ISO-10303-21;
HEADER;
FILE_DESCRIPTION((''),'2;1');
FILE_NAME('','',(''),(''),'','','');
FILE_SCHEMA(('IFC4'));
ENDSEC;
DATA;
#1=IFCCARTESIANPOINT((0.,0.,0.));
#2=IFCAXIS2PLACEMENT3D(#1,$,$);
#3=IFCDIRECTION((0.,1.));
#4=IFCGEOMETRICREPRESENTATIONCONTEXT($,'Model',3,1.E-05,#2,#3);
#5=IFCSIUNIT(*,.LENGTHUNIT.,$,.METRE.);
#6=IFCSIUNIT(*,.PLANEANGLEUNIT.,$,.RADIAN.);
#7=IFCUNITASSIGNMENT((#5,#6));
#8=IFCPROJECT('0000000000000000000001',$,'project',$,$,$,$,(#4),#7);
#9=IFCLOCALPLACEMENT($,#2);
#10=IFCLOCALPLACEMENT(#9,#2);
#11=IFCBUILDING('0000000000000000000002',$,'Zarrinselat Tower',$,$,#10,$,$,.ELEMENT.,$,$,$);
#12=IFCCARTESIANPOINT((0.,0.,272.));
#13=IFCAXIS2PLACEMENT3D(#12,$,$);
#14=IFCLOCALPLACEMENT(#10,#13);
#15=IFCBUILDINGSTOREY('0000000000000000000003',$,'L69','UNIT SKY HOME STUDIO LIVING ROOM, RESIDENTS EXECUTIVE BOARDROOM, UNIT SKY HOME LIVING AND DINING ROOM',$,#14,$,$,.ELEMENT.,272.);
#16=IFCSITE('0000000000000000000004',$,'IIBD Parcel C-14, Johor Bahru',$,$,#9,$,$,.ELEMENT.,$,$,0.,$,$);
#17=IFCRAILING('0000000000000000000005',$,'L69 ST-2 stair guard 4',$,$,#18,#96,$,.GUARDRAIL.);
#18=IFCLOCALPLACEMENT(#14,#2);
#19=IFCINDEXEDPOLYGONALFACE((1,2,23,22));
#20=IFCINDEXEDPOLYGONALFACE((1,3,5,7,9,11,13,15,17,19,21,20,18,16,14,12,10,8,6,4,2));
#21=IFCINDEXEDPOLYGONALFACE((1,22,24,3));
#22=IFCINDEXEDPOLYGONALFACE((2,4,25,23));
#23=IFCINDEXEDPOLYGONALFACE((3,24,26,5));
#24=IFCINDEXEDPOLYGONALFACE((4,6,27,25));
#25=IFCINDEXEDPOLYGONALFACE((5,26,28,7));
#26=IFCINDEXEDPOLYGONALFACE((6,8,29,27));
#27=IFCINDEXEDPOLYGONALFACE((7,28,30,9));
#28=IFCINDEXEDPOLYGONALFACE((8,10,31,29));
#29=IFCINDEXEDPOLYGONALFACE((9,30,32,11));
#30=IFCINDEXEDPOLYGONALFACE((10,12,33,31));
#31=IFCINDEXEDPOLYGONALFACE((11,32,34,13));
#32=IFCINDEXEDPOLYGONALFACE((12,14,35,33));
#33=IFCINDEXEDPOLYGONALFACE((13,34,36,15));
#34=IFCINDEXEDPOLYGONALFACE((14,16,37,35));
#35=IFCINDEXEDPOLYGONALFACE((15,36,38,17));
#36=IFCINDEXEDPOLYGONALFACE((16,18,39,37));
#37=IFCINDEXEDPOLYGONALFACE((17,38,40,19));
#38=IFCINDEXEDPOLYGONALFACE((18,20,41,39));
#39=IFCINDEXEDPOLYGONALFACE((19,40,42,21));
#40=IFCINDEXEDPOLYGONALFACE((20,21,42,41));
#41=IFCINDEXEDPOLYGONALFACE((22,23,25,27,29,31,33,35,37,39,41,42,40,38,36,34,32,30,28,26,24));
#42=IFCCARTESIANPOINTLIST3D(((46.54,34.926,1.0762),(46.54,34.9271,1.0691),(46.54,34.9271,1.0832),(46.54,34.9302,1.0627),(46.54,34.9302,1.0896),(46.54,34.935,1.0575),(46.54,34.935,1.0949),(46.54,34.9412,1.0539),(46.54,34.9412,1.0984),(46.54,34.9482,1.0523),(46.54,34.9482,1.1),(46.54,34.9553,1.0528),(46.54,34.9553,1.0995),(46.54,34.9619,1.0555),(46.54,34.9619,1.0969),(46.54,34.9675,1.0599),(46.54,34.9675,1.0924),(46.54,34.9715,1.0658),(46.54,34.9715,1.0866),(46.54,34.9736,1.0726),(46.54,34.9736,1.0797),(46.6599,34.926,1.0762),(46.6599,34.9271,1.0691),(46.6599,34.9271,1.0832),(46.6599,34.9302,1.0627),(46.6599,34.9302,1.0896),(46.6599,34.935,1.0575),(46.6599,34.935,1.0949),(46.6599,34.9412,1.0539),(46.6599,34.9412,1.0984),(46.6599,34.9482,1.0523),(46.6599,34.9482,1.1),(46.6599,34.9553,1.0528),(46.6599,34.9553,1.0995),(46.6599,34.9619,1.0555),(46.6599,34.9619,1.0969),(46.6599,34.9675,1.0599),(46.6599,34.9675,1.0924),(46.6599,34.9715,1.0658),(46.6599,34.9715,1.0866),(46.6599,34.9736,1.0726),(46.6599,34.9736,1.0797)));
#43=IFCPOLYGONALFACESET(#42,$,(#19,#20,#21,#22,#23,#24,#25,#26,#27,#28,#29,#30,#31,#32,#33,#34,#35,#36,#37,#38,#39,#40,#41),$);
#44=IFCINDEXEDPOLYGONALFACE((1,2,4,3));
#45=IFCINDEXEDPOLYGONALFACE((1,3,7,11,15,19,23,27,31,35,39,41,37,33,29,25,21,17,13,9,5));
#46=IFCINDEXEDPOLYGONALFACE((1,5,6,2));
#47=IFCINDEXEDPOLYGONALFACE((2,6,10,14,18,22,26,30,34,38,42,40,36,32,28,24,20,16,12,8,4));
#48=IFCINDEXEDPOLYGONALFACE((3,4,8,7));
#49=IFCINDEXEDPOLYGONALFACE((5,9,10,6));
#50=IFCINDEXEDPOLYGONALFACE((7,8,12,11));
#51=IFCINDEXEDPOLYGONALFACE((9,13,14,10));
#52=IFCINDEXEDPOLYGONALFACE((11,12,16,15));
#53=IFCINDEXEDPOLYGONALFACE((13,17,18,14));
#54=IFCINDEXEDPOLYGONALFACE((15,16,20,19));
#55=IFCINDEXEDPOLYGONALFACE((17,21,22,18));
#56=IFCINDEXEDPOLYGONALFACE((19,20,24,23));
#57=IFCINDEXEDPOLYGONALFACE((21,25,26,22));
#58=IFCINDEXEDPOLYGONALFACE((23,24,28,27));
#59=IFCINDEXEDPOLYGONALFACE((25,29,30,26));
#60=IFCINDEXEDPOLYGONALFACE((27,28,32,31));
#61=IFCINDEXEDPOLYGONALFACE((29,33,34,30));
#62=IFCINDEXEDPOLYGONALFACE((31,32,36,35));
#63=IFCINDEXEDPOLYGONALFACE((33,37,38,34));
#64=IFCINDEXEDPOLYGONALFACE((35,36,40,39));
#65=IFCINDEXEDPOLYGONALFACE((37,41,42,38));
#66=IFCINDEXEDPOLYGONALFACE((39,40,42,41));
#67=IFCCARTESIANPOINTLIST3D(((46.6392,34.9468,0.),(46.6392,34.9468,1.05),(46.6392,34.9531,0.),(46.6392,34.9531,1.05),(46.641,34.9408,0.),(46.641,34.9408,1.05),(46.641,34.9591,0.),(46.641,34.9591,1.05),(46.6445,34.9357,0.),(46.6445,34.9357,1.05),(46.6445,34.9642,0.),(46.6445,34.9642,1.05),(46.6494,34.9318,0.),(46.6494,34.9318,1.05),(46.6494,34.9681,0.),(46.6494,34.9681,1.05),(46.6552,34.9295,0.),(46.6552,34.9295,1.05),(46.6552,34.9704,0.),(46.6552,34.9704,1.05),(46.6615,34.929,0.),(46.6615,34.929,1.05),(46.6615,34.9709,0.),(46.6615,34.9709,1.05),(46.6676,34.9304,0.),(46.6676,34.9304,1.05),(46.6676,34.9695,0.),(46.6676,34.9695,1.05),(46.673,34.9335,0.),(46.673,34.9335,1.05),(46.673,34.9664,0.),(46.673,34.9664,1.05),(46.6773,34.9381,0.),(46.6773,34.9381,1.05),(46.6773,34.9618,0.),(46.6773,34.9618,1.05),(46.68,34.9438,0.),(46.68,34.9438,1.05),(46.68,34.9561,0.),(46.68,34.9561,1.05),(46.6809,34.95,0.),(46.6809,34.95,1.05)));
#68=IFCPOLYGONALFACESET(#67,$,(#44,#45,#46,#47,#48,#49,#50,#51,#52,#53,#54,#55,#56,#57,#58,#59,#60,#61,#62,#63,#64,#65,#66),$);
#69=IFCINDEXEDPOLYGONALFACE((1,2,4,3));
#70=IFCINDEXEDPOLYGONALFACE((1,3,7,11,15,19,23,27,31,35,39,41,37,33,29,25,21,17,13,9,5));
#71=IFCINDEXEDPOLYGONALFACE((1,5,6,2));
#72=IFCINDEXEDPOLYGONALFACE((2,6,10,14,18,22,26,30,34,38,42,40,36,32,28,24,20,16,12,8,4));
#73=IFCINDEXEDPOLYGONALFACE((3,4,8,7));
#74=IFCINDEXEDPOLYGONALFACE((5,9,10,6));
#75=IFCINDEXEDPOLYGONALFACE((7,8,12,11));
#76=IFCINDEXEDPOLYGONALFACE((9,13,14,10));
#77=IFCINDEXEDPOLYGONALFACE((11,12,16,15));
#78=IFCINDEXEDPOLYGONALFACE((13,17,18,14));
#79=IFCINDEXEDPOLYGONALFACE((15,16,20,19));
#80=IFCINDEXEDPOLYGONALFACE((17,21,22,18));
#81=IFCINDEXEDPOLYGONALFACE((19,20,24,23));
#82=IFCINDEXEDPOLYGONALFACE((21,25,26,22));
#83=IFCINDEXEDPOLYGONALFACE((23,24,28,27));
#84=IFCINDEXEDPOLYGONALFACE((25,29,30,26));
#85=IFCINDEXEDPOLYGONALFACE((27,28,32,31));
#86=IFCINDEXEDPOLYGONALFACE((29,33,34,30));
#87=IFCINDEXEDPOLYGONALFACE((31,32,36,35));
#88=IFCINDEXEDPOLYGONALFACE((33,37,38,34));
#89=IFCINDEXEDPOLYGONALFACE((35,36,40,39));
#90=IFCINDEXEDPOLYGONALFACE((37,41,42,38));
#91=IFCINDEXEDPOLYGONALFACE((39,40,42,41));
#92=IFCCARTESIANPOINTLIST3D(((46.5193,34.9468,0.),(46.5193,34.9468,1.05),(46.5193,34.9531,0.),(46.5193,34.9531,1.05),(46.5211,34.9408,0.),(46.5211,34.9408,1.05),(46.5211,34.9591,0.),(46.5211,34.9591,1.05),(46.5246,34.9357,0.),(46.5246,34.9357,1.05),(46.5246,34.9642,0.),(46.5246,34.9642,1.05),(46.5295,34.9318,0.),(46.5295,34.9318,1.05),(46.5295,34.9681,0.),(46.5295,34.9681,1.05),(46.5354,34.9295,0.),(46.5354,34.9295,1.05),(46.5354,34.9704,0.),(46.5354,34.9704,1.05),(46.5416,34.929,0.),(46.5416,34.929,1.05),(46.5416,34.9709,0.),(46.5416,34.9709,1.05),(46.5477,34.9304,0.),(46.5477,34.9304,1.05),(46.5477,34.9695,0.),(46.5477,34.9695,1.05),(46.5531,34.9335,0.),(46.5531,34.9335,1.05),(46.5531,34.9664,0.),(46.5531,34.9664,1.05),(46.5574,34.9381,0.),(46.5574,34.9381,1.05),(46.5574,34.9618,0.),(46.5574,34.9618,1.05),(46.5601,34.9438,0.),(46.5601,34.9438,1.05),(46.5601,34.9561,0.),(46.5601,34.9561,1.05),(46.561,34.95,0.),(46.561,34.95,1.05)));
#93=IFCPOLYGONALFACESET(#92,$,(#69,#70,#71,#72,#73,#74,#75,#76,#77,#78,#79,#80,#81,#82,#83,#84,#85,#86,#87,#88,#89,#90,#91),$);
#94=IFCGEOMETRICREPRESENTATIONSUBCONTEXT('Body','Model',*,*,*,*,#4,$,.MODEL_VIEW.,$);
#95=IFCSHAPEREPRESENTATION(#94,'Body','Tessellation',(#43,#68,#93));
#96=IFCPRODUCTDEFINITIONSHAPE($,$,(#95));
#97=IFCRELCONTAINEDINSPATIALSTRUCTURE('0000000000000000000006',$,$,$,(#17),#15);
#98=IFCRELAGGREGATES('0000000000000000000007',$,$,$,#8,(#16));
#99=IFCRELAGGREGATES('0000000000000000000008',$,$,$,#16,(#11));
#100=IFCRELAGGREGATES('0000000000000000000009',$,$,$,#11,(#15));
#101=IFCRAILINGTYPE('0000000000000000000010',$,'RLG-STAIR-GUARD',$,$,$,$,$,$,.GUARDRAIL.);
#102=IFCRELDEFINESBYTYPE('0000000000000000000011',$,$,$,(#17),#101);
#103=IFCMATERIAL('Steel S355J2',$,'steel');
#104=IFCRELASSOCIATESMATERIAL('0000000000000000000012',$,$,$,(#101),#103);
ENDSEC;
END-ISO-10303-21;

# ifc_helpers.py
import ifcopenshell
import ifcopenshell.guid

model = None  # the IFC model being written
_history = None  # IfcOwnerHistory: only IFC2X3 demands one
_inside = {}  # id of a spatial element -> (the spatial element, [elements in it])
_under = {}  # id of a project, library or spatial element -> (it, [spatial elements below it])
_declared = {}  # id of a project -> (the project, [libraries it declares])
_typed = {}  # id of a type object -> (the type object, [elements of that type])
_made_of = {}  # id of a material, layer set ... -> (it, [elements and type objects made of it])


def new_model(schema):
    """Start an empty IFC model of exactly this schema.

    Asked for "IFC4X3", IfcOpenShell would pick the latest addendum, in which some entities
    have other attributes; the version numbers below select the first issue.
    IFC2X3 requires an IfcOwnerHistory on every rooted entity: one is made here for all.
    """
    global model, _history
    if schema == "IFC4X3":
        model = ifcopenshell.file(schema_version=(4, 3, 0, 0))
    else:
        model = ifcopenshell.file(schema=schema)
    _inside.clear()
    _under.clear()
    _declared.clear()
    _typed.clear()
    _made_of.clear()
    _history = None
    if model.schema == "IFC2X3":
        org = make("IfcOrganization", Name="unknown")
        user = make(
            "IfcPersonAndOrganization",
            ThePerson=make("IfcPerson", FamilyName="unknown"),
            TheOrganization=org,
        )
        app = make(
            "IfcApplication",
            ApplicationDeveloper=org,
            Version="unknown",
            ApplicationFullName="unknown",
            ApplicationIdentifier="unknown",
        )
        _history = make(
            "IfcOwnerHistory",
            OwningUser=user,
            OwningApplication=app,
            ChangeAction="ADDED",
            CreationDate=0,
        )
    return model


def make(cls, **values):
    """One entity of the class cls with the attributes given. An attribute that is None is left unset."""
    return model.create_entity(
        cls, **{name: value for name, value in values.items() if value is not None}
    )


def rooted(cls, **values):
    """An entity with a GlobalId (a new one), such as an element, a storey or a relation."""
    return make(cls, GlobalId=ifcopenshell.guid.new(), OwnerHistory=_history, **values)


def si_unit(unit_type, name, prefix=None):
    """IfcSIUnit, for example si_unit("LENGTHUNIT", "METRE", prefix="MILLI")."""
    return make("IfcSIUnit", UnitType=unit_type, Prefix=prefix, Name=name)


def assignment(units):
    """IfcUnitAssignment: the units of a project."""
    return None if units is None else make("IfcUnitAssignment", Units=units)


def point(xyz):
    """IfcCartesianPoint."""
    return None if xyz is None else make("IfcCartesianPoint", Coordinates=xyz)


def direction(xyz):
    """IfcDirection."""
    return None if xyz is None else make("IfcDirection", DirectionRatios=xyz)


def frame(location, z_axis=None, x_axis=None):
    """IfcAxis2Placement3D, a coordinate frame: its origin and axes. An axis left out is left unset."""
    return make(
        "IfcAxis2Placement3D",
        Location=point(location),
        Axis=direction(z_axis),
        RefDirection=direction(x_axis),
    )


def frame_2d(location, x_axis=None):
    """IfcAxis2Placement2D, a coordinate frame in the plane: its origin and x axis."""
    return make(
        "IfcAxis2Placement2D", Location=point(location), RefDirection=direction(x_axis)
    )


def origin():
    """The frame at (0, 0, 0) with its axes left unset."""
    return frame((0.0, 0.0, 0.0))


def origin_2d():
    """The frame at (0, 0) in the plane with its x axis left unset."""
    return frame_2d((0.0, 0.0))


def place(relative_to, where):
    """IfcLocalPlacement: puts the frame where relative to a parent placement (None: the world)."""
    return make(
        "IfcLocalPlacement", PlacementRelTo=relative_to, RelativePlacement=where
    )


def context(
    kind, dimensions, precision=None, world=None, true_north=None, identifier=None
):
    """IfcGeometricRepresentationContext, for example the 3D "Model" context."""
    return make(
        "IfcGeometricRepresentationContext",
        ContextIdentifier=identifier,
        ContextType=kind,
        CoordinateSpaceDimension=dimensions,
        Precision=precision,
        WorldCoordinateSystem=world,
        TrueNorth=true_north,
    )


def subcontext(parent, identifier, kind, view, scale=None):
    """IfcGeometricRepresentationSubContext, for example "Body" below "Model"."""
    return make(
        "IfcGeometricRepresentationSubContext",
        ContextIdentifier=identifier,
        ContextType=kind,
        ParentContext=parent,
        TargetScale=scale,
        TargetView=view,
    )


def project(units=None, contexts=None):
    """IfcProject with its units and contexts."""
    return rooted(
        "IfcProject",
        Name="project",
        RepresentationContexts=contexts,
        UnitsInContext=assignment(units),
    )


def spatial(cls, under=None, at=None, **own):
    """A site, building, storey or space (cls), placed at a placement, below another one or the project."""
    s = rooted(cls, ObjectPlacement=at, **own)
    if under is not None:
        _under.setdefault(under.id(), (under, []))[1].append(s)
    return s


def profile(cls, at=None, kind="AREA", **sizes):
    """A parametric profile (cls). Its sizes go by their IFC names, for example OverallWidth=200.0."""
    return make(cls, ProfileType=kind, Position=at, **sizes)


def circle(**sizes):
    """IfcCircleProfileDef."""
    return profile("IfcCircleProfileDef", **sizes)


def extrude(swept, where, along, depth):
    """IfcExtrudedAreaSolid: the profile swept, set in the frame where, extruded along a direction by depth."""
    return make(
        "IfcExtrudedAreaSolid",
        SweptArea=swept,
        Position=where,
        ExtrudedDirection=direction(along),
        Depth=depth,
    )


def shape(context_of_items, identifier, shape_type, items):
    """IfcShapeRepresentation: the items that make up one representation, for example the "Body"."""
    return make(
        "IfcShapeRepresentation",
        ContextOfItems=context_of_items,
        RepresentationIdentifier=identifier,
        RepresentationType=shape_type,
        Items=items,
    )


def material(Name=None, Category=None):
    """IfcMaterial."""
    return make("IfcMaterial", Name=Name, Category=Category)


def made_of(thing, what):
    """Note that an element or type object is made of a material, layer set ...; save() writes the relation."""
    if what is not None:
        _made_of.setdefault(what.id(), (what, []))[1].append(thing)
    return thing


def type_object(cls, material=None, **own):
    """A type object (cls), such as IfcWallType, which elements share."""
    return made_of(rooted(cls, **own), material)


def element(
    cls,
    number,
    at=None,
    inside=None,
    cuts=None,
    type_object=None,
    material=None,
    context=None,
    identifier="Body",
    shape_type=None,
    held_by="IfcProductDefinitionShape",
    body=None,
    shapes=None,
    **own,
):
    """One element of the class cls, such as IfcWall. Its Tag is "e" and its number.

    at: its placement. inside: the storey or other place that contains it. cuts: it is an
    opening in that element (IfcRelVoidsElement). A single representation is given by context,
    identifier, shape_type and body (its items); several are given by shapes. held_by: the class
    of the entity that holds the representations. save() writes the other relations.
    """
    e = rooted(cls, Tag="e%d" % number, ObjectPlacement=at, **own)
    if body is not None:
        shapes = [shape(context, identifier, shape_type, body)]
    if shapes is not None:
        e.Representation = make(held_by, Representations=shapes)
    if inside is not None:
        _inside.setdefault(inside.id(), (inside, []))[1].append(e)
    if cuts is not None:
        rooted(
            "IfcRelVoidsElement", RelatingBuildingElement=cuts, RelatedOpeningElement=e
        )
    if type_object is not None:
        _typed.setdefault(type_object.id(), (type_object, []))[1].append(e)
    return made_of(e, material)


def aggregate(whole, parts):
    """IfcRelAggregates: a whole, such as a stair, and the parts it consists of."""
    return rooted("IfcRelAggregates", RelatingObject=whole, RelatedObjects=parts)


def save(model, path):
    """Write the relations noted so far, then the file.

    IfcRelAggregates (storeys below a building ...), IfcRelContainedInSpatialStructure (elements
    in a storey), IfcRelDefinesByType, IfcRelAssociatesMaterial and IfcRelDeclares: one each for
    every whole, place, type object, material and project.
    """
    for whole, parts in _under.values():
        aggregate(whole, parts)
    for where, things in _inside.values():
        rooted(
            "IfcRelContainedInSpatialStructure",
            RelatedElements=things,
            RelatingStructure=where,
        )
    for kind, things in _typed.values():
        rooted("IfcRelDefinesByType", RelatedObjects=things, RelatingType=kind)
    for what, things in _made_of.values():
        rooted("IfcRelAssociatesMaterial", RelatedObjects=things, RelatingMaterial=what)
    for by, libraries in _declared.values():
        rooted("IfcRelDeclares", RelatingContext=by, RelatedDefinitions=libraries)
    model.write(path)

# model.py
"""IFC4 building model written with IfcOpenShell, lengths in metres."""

from ifc_helpers import new_model, si_unit, direction, frame, origin, origin_2d, place, context, subcontext, project, spatial, circle, extrude, material, type_object, element, save


model = new_model("IFC4")

# Units and contexts
model_context = context("Model", 3, precision=1e-05, world=origin(), true_north=direction((0.0, 1.0)))
body_context = subcontext(model_context, "Body", "Model", "MODEL_VIEW")
ifc_project = project(units=[si_unit("LENGTHUNIT", "METRE"), si_unit("PLANEANGLEUNIT", "RADIAN")], contexts=[model_context])

# Site, building, storey
site_placement = place(None, origin())
site = spatial("IfcSite", under=ifc_project, at=site_placement, Name="IIBD Parcel C-14, Johor Bahru", CompositionType="ELEMENT", RefElevation=0.0)
building_placement = place(site_placement, origin())
building = spatial("IfcBuilding", under=site, at=building_placement, Name="Zarrinselat Tower", CompositionType="ELEMENT")
storey_placement = place(building_placement, frame((0.0, 0.0, 272.0)))
storey = spatial("IfcBuildingStorey", under=building, at=storey_placement, Name="L69", Description="UNIT SKY HOME STUDIO LIVING ROOM, RESIDENTS EXECUTIVE BOARDROOM, UNIT SKY HOME LIVING AND DINING ROOM", CompositionType="ELEMENT", Elevation=272.0)

# Railing
ifc_material_1 = material(Name="Steel S355J2", Category="steel")
railing_type_1 = type_object("IfcRailingType", Name="RLG-STAIR-GUARD", PredefinedType="GUARDRAIL", material=ifc_material_1)
railing_1_placement = place(storey_placement, frame((46.6599, 34.95, 0.0)))
element("IfcRailing", 1, at=railing_1_placement, inside=storey, type_object=railing_type_1, Name="L69 ST-2 stair guard 4", PredefinedType="GUARDRAIL", context=body_context, shape_type="SweptSolid", body=[
    extrude(circle(Radius=0.0239, at=origin_2d()), frame((0.0, 0.0, 1.0762), z_axis=(-1.0, 0.0, 0.0), x_axis=(0.0, -1.0, 0.0)), (0.0, 0.0, 1.0), 0.1199),
    extrude(circle(Radius=0.021, at=origin_2d()), origin(), (0.0, 0.0, 1.0), 1.05),
    extrude(circle(Radius=0.021, at=origin_2d()), frame((-0.1199, 0.0, 0.0)), (0.0, 0.0, 1.0), 1.05),
])

save(model, "model.ifc")
